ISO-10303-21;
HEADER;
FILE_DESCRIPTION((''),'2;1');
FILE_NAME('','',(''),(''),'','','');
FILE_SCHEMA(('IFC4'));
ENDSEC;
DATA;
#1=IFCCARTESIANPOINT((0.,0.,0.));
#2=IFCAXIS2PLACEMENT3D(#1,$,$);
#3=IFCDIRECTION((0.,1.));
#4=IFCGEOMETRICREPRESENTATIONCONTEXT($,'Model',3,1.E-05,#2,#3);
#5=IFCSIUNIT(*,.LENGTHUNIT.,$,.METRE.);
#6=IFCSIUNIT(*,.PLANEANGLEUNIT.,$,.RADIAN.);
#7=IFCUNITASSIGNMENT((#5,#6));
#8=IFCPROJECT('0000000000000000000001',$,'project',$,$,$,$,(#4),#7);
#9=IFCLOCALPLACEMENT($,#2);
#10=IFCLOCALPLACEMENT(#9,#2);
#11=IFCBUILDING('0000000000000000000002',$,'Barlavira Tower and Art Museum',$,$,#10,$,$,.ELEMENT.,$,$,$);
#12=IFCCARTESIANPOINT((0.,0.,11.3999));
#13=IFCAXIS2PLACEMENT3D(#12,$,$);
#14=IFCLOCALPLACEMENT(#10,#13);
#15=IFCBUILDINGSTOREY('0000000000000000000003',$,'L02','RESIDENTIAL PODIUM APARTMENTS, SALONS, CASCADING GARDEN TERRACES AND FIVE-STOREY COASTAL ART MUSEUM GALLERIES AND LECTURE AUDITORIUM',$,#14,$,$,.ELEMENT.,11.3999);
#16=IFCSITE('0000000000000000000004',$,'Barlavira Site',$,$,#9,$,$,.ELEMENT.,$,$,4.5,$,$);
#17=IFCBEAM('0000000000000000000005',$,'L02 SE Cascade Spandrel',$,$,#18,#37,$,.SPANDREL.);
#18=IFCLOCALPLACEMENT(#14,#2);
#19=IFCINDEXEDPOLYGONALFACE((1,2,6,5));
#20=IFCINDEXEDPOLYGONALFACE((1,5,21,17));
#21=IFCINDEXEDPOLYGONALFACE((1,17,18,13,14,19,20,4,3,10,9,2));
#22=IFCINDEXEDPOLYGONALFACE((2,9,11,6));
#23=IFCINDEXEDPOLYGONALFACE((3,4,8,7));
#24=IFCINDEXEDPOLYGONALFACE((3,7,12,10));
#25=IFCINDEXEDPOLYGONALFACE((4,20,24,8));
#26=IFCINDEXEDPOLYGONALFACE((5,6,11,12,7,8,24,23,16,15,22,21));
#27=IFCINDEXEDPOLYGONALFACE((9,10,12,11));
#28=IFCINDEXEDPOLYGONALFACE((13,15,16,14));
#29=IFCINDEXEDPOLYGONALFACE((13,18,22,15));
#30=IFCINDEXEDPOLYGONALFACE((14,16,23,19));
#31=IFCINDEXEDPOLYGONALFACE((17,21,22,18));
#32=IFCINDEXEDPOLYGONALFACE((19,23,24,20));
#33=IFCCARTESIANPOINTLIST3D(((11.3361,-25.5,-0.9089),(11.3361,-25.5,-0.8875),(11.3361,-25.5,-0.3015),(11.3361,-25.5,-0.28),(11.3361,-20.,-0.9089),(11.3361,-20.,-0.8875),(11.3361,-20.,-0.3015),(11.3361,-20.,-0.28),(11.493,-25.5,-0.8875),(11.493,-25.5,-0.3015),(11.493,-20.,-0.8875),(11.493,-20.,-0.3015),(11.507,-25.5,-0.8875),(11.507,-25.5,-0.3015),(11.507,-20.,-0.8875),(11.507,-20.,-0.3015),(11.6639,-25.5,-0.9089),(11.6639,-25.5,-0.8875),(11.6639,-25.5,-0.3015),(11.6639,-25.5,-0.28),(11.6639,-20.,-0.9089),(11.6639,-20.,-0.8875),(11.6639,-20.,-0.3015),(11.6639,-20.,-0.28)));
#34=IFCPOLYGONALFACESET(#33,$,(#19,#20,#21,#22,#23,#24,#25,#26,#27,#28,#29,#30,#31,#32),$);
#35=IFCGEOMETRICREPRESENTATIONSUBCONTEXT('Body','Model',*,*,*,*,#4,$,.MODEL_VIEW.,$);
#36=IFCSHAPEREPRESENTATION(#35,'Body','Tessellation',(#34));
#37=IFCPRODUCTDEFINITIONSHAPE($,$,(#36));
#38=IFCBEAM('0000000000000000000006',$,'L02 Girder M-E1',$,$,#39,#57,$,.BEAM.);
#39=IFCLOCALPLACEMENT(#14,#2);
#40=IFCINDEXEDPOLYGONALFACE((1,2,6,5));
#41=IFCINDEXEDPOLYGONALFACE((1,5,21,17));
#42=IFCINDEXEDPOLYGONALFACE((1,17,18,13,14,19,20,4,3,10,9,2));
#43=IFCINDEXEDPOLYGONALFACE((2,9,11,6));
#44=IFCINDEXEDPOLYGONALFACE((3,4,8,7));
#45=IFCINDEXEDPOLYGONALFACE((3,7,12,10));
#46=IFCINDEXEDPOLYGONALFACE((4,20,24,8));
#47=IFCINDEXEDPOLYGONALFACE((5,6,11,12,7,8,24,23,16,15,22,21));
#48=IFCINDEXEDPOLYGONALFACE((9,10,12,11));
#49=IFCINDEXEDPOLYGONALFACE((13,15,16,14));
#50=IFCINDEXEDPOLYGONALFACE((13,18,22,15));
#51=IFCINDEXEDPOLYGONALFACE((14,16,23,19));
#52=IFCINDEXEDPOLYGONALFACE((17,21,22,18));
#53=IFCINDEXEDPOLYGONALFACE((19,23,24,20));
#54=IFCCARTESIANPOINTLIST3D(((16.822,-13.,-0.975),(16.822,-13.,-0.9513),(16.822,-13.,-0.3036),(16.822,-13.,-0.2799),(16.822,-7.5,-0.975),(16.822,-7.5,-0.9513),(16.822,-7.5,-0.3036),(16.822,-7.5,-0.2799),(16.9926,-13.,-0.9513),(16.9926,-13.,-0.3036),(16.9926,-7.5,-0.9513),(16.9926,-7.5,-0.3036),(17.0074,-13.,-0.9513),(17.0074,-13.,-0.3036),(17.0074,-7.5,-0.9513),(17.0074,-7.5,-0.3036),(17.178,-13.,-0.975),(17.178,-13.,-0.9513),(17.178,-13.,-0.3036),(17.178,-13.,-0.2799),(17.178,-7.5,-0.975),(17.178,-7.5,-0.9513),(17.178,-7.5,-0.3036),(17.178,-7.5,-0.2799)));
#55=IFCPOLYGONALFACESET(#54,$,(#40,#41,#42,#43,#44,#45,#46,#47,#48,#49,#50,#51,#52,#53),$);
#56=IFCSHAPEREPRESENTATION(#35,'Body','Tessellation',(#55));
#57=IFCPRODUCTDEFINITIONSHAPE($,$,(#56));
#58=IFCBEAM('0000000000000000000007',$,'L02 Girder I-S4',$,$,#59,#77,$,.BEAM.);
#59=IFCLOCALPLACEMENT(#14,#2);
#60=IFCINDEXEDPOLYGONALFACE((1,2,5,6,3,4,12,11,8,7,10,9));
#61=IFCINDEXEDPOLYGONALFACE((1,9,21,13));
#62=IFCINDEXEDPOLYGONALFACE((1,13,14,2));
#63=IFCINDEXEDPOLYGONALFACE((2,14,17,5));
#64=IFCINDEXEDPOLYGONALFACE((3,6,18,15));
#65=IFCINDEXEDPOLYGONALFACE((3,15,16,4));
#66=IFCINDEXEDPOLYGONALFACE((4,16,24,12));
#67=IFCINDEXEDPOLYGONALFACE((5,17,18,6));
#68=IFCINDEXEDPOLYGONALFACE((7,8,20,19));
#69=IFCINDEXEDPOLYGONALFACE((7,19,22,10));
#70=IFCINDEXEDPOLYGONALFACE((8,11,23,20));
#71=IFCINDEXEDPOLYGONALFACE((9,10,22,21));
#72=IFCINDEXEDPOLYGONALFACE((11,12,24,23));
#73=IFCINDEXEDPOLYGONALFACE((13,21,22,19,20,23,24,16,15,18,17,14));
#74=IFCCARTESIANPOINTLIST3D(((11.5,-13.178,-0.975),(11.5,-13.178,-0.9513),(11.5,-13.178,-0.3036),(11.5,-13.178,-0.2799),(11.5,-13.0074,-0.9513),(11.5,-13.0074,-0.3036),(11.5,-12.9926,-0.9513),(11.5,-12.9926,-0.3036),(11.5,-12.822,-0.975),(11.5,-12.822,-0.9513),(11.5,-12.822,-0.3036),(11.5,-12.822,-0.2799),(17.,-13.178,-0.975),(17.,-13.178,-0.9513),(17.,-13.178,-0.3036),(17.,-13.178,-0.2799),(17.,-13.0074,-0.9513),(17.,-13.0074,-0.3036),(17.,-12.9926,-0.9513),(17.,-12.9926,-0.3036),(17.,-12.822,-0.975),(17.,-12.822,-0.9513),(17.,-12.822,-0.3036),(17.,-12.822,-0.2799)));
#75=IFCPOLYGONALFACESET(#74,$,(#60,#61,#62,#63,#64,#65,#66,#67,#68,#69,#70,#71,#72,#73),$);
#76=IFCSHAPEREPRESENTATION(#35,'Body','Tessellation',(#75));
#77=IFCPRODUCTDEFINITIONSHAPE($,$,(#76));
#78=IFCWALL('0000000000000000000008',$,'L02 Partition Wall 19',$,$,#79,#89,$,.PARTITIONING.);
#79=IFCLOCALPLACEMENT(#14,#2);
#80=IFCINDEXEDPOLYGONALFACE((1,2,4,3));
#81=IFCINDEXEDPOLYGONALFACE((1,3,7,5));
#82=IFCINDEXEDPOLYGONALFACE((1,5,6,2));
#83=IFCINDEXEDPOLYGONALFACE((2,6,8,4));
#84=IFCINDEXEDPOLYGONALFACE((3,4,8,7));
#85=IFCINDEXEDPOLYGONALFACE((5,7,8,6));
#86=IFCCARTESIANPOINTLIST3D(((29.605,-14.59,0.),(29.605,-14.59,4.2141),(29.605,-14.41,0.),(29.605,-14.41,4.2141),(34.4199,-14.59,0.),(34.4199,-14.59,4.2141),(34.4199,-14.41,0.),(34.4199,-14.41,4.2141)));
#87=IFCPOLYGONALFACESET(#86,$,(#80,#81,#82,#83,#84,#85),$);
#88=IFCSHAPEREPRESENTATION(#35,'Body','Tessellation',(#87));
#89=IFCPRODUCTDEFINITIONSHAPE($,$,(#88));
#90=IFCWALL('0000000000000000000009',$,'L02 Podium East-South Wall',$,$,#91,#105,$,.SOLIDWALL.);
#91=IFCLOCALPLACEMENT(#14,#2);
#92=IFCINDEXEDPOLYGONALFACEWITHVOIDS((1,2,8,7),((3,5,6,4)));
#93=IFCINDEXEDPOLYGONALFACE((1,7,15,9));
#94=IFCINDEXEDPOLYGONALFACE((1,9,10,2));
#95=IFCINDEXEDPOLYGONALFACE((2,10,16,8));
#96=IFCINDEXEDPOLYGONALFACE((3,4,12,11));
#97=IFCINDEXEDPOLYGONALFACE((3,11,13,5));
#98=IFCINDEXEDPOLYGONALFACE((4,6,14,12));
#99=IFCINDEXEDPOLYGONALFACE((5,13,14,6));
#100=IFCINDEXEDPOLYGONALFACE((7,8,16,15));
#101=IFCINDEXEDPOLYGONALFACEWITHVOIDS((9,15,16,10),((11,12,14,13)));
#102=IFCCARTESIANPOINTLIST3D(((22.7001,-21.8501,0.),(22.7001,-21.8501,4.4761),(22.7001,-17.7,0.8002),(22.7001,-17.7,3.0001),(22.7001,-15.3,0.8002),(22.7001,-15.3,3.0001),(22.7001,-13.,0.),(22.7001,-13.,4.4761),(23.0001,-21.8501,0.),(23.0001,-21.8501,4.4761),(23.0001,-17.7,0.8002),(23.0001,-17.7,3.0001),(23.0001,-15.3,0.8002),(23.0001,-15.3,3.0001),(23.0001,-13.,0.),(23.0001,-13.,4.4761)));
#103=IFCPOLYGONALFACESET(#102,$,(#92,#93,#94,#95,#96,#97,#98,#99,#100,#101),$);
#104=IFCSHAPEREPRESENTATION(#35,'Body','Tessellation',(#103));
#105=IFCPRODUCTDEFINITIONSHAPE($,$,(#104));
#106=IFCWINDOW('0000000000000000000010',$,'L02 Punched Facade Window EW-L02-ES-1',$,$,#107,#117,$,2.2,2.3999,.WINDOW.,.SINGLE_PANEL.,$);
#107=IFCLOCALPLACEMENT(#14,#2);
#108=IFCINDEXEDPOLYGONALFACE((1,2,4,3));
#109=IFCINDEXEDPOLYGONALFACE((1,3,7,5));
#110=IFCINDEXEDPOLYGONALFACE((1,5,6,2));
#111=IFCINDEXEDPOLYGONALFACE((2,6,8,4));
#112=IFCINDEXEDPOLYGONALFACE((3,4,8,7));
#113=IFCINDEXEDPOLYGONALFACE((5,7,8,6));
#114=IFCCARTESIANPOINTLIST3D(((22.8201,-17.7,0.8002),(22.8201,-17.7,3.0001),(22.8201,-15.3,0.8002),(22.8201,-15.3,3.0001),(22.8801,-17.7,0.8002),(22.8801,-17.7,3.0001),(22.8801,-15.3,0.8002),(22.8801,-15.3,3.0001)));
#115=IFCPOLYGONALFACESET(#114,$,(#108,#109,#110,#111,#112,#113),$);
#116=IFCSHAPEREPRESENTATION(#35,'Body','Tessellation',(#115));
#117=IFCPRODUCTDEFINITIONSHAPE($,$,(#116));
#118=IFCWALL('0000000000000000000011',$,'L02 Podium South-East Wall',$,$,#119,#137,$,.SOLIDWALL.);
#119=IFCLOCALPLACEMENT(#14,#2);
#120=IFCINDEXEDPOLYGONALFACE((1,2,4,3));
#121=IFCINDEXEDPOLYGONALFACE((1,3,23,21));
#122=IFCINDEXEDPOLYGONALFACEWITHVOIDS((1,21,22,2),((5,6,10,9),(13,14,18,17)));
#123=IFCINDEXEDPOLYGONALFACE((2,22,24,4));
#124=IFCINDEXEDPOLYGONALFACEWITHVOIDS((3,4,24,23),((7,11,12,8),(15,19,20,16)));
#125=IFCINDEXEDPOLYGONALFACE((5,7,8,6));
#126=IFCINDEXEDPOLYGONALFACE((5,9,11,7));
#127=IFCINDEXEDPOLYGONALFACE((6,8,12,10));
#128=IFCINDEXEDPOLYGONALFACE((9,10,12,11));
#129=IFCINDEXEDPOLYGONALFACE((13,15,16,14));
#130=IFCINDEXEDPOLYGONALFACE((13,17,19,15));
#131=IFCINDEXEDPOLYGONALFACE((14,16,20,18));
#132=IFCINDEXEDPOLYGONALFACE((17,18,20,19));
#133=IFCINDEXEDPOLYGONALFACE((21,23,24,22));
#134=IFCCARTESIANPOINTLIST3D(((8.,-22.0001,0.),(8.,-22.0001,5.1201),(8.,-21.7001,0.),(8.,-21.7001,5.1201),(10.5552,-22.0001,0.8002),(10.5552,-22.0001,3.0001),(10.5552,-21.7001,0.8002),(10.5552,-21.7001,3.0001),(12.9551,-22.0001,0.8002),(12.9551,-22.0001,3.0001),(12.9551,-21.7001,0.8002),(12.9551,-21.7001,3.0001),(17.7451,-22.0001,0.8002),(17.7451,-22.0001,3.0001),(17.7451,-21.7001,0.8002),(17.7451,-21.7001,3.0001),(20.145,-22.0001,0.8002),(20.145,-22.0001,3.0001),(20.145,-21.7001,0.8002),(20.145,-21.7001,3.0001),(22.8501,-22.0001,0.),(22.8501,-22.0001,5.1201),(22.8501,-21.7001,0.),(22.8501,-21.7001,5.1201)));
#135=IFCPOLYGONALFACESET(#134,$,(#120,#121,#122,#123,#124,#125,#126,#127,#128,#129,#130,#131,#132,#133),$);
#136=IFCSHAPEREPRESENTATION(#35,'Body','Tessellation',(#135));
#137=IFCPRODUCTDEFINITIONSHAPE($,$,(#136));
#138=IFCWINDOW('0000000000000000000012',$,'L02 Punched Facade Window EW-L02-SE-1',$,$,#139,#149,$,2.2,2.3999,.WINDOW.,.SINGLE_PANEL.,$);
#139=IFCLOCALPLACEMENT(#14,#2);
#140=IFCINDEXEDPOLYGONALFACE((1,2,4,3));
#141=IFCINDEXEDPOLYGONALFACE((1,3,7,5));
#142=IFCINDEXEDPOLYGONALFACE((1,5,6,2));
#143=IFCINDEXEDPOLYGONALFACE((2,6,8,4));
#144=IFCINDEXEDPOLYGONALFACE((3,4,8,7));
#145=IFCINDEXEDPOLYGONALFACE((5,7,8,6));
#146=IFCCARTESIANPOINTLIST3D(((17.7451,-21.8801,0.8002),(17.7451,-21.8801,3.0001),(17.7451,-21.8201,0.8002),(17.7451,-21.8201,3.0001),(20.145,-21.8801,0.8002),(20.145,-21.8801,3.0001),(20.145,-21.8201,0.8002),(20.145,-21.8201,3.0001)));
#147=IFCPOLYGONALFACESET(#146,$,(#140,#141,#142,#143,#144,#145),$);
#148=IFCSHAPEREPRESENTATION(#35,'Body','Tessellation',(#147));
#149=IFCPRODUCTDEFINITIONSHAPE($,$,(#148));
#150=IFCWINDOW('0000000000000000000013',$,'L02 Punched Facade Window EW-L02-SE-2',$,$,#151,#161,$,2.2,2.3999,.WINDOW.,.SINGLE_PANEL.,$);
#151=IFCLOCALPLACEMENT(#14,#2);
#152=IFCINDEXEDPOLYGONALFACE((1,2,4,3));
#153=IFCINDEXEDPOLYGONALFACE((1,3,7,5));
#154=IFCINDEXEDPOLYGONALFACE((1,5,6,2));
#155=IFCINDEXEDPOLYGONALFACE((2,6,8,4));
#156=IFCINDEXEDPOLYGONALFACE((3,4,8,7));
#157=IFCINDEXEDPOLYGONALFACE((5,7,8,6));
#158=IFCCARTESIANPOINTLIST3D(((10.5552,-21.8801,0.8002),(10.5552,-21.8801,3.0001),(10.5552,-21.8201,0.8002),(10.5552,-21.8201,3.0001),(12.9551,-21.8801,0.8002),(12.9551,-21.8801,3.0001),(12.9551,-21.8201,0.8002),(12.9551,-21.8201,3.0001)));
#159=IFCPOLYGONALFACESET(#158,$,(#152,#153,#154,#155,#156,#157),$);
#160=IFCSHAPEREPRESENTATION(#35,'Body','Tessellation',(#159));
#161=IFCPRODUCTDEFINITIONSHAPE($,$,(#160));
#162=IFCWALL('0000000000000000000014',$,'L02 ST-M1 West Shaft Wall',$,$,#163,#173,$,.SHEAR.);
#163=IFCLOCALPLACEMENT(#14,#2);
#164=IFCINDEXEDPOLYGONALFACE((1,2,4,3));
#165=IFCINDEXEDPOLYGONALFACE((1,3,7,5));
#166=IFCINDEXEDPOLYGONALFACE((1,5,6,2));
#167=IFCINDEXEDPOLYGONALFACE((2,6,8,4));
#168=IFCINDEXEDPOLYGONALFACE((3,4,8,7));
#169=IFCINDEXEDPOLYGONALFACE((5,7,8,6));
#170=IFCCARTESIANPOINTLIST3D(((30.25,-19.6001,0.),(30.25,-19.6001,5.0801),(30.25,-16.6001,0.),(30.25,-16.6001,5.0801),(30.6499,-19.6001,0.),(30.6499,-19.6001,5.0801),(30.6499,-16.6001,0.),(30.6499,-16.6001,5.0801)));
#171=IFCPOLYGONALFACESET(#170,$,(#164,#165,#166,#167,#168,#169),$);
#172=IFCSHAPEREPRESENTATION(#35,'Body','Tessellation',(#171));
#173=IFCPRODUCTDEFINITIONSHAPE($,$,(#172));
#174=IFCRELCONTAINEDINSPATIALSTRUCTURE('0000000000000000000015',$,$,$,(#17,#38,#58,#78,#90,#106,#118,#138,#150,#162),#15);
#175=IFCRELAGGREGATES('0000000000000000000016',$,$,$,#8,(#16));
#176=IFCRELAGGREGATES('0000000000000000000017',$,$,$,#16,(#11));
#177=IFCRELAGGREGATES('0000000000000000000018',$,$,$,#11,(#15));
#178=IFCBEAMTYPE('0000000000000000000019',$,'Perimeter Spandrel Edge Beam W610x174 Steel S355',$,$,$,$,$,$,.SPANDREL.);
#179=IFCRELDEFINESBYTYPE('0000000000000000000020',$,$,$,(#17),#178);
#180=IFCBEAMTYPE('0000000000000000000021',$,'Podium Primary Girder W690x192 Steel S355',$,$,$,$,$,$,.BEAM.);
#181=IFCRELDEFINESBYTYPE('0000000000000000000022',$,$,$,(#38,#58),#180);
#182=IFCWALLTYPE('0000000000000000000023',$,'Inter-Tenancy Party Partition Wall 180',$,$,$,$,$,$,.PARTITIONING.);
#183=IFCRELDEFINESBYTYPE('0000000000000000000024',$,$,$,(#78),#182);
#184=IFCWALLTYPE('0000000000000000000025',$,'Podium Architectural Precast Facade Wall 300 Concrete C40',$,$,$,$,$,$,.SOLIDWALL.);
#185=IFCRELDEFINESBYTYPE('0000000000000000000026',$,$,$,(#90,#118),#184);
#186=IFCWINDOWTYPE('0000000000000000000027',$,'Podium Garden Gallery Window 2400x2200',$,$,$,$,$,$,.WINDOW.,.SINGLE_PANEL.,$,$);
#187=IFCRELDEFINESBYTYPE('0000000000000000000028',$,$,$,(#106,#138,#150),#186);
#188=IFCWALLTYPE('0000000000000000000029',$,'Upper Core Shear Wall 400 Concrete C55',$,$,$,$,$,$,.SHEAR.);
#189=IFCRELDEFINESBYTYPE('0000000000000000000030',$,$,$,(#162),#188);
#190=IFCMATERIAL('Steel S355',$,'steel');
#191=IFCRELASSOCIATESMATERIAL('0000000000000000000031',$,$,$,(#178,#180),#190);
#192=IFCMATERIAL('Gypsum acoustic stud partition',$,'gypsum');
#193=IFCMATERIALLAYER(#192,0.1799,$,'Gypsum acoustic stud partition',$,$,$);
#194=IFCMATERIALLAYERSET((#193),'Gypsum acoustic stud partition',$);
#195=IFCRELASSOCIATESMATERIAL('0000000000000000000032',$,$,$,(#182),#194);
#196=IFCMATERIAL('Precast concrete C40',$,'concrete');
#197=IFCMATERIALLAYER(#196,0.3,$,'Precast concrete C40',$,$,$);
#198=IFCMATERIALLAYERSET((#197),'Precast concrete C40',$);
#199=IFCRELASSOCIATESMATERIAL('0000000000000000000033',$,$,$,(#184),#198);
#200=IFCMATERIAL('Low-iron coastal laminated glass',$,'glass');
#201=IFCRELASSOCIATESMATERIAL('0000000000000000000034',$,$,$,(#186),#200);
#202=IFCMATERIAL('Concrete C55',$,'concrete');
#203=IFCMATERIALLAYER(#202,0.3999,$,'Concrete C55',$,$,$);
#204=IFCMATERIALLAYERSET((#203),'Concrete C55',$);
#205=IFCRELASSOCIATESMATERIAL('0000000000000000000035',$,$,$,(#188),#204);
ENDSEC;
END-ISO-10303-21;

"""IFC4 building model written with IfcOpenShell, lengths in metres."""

from ifc_helpers import new_model, si_unit, direction, frame, frame_2d, origin, origin_2d, place, context, subcontext, project, spatial, rectangle, i_section, extrude, material, layer, layer_set, material_profile, profile_set, type_object, element, fill, save


model = new_model("IFC4")

# Units and contexts
model_context = context("Model", 3, precision=1e-05, world=origin(), true_north=direction((0.0, 1.0)))
body_context = subcontext(model_context, "Body", "Model", "MODEL_VIEW")
ifc_project = project(units=[si_unit("LENGTHUNIT", "METRE"), si_unit("PLANEANGLEUNIT", "RADIAN")], contexts=[model_context])

# Site, building, storey
site_placement = place(None, origin())
site = spatial("IfcSite", under=ifc_project, at=site_placement, Name="Barlavira Site", CompositionType="ELEMENT", RefElevation=4.5)
building_placement = place(site_placement, origin())
building = spatial("IfcBuilding", under=site, at=building_placement, Name="Barlavira Tower and Art Museum", CompositionType="ELEMENT")
storey_placement = place(building_placement, frame((0.0, 0.0, 11.3999)))
storey = spatial("IfcBuildingStorey", under=building, at=storey_placement, Name="L02", Description="RESIDENTIAL PODIUM APARTMENTS, SALONS, CASCADING GARDEN TERRACES AND FIVE-STOREY COASTAL ART MUSEUM GALLERIES AND LECTURE AUDITORIUM", CompositionType="ELEMENT", Elevation=11.3999)

# Shared definitions
ifc_material_1 = material(Name="Steel S355", Category="steel")

# Shared definitions
ifc_material_2 = material(Name="Low-iron coastal laminated glass", Category="glass")

# Beams
ifc_material_profile_1 = material_profile(ifc_material_1, i_section(OverallWidth=0.3279, OverallDepth=0.6289, WebThickness=0.0139, FlangeThickness=0.0215, at=origin_2d()), Name="W610x174.0")
ifc_profile_set_1 = profile_set([ifc_material_profile_1], Name="Steel S355")
beam_type_1 = type_object("IfcBeamType", Name="Perimeter Spandrel Edge Beam W610x174 Steel S355", PredefinedType="SPANDREL", material=ifc_profile_set_1)
beam_1_placement = place(storey_placement, frame((11.5, -25.5, -0.5945), z_axis=(0.0, 1.0, 0.0), x_axis=(-1.0, 0.0, 0.0)))
element("IfcBeam", 1, at=beam_1_placement, inside=storey, type_object=beam_type_1, Name="L02 SE Cascade Spandrel", PredefinedType="SPANDREL", context=body_context, shape_type="SweptSolid", body=[
    extrude(i_section(OverallWidth=0.3279, OverallDepth=0.6289, WebThickness=0.0139, FlangeThickness=0.0215, at=origin_2d()), origin(), (0.0, 0.0, 1.0), 5.5),
])
ifc_material_profile_2 = material_profile(ifc_material_1, i_section(OverallWidth=0.356, OverallDepth=0.6951, WebThickness=0.0149, FlangeThickness=0.0237, at=origin_2d()), Name="W690x192.0")
ifc_profile_set_2 = profile_set([ifc_material_profile_2], Name="Steel S355")
beam_type_2 = type_object("IfcBeamType", Name="Podium Primary Girder W690x192 Steel S355", PredefinedType="BEAM", material=ifc_profile_set_2)
for number, where, z_axis, x_axis, name in (
    (2, (17.0, -13.0, -0.6274), (0.0, 1.0, 0.0), (-1.0, 0.0, 0.0), "L02 Girder M-E1"),
    (3, (11.5, -13.0, -0.6274), (1.0, 0.0, 0.0), (0.0, 1.0, 0.0), "L02 Girder I-S4"),
):
    element("IfcBeam", number, at=place(storey_placement, frame(where, z_axis=z_axis, x_axis=x_axis)), inside=storey, type_object=beam_type_2, Name=name, PredefinedType="BEAM", context=body_context, shape_type="SweptSolid", body=[
        extrude(i_section(OverallWidth=0.356, OverallDepth=0.6951, WebThickness=0.0149, FlangeThickness=0.0237, at=origin_2d()), origin(), (0.0, 0.0, 1.0), 5.5),
    ])

# Wall
ifc_material_3 = material(Name="Gypsum acoustic stud partition", Category="gypsum")
ifc_layer_1 = layer(ifc_material_3, 0.1799, Name="Gypsum acoustic stud partition")
ifc_layer_set_1 = layer_set([ifc_layer_1], Name="Gypsum acoustic stud partition")
wall_type_1 = type_object("IfcWallType", Name="Inter-Tenancy Party Partition Wall 180", PredefinedType="PARTITIONING", material=ifc_layer_set_1)
wall_1_placement = place(storey_placement, frame((29.605, -14.5, 0.0), z_axis=(0.0, 0.0, 1.0), x_axis=(1.0, 0.0, 0.0)))
element("IfcWall", 4, at=wall_1_placement, inside=storey, type_object=wall_type_1, Name="L02 Partition Wall 19", PredefinedType="PARTITIONING", context=body_context, shape_type="SweptSolid", body=[
    extrude(rectangle(XDim=4.8149, YDim=0.1799, at=frame_2d((2.4075, 0.0))), origin(), (0.0, 0.0, 1.0), 4.2141),
])

# Wall, opening, window
ifc_material_4 = material(Name="Precast concrete C40", Category="concrete")
ifc_layer_2 = layer(ifc_material_4, 0.3, Name="Precast concrete C40")
ifc_layer_set_2 = layer_set([ifc_layer_2], Name="Precast concrete C40")
wall_type_2 = type_object("IfcWallType", Name="Podium Architectural Precast Facade Wall 300 Concrete C40", PredefinedType="SOLIDWALL", material=ifc_layer_set_2)
wall_2_placement = place(storey_placement, frame((22.8501, -13.0, 0.0), z_axis=(0.0, 0.0, 1.0), x_axis=(0.0, -1.0, 0.0)))
wall_2 = element("IfcWall", 5, at=wall_2_placement, inside=storey, type_object=wall_type_2, Name="L02 Podium East-South Wall", PredefinedType="SOLIDWALL", context=body_context, shape_type="SweptSolid", body=[
    extrude(rectangle(XDim=8.8501, YDim=0.3, at=frame_2d((4.425, 0.0))), origin(), (0.0, 0.0, 1.0), 4.4761),
])
opening_1_placement = place(wall_2_placement, frame((2.3, 0.0, 0.8)))
opening_1 = element("IfcOpeningElement", 6, at=opening_1_placement, cuts=wall_2, PredefinedType="OPENING", context=body_context, shape_type="SweptSolid", body=[
    extrude(rectangle(XDim=2.3999, YDim=2.2, at=frame_2d((1.2, 1.1001))), frame((0.0, 0.1602, 0.0), z_axis=(0.0, -1.0, 0.0), x_axis=(1.0, 0.0, 0.0)), (0.0, 0.0, 1.0), 0.3201),
])
window_type = type_object("IfcWindowType", Name="Podium Garden Gallery Window 2400x2200", PartitioningType="SINGLE_PANEL", PredefinedType="WINDOW", material=ifc_material_2)
window_1_placement = place(opening_1_placement, origin())
window_1 = element("IfcWindow", 7, at=window_1_placement, inside=storey, type_object=window_type, Name="L02 Punched Facade Window EW-L02-ES-1", OverallHeight=2.2, OverallWidth=2.3999, PartitioningType="SINGLE_PANEL", PredefinedType="WINDOW", context=body_context, shape_type="SweptSolid", body=[
    extrude(rectangle(XDim=2.3999, YDim=2.2, at=frame_2d((1.2, 1.1001))), frame((0.0, 0.03, 0.0), z_axis=(0.0, -1.0, 0.0), x_axis=(1.0, 0.0, 0.0)), (0.0, 0.0, 1.0), 0.0601),
])
fill(opening_1, window_1)

# Wall, openings, windows
wall_3_placement = place(storey_placement, frame((22.8501, -21.8501, 0.0), z_axis=(0.0, 0.0, 1.0), x_axis=(-1.0, 0.0, 0.0)))
wall_3 = element("IfcWall", 8, at=wall_3_placement, inside=storey, type_object=wall_type_2, Name="L02 Podium South-East Wall", PredefinedType="SOLIDWALL", context=body_context, shape_type="SweptSolid", body=[
    extrude(rectangle(XDim=14.8501, YDim=0.3, at=frame_2d((7.425, 0.0))), origin(), (0.0, 0.0, 1.0), 5.1201),
])
opening_2_placement = place(wall_3_placement, frame((2.7051, 0.0, 0.8)))
opening_2 = element("IfcOpeningElement", 9, at=opening_2_placement, cuts=wall_3, PredefinedType="OPENING", context=body_context, shape_type="SweptSolid", body=[
    extrude(rectangle(XDim=2.3999, YDim=2.2, at=frame_2d((1.2, 1.1001))), frame((0.0, 0.1602, 0.0), z_axis=(0.0, -1.0, 0.0), x_axis=(1.0, 0.0, 0.0)), (0.0, 0.0, 1.0), 0.3201),
])
opening_3_placement = place(wall_3_placement, frame((9.895, 0.0, 0.8)))
opening_3 = element("IfcOpeningElement", 10, at=opening_3_placement, cuts=wall_3, PredefinedType="OPENING", context=body_context, shape_type="SweptSolid", body=[
    extrude(rectangle(XDim=2.3999, YDim=2.2, at=frame_2d((1.2, 1.1001))), frame((0.0, 0.1602, 0.0), z_axis=(0.0, -1.0, 0.0), x_axis=(1.0, 0.0, 0.0)), (0.0, 0.0, 1.0), 0.3201),
])
window_2_placement = place(opening_2_placement, origin())
window_2 = element("IfcWindow", 11, at=window_2_placement, inside=storey, type_object=window_type, Name="L02 Punched Facade Window EW-L02-SE-1", OverallHeight=2.2, OverallWidth=2.3999, PartitioningType="SINGLE_PANEL", PredefinedType="WINDOW", context=body_context, shape_type="SweptSolid", body=[
    extrude(rectangle(XDim=2.3999, YDim=2.2, at=frame_2d((1.2, 1.1001))), frame((0.0, 0.03, 0.0), z_axis=(0.0, -1.0, 0.0), x_axis=(1.0, 0.0, 0.0)), (0.0, 0.0, 1.0), 0.0601),
])
fill(opening_2, window_2)
window_3_placement = place(opening_3_placement, origin())
window_3 = element("IfcWindow", 12, at=window_3_placement, inside=storey, type_object=window_type, Name="L02 Punched Facade Window EW-L02-SE-2", OverallHeight=2.2, OverallWidth=2.3999, PartitioningType="SINGLE_PANEL", PredefinedType="WINDOW", context=body_context, shape_type="SweptSolid", body=[
    extrude(rectangle(XDim=2.3999, YDim=2.2, at=frame_2d((1.2, 1.1001))), frame((0.0, 0.03, 0.0), z_axis=(0.0, -1.0, 0.0), x_axis=(1.0, 0.0, 0.0)), (0.0, 0.0, 1.0), 0.0601),
])
fill(opening_3, window_3)

# Wall
ifc_material_5 = material(Name="Concrete C55", Category="concrete")
ifc_layer_3 = layer(ifc_material_5, 0.3999, Name="Concrete C55")
ifc_layer_set_3 = layer_set([ifc_layer_3], Name="Concrete C55")
wall_type_3 = type_object("IfcWallType", Name="Upper Core Shear Wall 400 Concrete C55", PredefinedType="SHEAR", material=ifc_layer_set_3)
wall_4_placement = place(storey_placement, frame((30.45, -19.6001, 0.0), z_axis=(0.0, 0.0, 1.0), x_axis=(0.0, 1.0, 0.0)))
element("IfcWall", 13, at=wall_4_placement, inside=storey, type_object=wall_type_3, Name="L02 ST-M1 West Shaft Wall", PredefinedType="SHEAR", context=body_context, shape_type="SweptSolid", body=[
    extrude(rectangle(XDim=3.0, YDim=0.3999, at=frame_2d((1.5, 0.0))), origin(), (0.0, 0.0, 1.0), 5.0801),
])

save(model, "model.ifc")
